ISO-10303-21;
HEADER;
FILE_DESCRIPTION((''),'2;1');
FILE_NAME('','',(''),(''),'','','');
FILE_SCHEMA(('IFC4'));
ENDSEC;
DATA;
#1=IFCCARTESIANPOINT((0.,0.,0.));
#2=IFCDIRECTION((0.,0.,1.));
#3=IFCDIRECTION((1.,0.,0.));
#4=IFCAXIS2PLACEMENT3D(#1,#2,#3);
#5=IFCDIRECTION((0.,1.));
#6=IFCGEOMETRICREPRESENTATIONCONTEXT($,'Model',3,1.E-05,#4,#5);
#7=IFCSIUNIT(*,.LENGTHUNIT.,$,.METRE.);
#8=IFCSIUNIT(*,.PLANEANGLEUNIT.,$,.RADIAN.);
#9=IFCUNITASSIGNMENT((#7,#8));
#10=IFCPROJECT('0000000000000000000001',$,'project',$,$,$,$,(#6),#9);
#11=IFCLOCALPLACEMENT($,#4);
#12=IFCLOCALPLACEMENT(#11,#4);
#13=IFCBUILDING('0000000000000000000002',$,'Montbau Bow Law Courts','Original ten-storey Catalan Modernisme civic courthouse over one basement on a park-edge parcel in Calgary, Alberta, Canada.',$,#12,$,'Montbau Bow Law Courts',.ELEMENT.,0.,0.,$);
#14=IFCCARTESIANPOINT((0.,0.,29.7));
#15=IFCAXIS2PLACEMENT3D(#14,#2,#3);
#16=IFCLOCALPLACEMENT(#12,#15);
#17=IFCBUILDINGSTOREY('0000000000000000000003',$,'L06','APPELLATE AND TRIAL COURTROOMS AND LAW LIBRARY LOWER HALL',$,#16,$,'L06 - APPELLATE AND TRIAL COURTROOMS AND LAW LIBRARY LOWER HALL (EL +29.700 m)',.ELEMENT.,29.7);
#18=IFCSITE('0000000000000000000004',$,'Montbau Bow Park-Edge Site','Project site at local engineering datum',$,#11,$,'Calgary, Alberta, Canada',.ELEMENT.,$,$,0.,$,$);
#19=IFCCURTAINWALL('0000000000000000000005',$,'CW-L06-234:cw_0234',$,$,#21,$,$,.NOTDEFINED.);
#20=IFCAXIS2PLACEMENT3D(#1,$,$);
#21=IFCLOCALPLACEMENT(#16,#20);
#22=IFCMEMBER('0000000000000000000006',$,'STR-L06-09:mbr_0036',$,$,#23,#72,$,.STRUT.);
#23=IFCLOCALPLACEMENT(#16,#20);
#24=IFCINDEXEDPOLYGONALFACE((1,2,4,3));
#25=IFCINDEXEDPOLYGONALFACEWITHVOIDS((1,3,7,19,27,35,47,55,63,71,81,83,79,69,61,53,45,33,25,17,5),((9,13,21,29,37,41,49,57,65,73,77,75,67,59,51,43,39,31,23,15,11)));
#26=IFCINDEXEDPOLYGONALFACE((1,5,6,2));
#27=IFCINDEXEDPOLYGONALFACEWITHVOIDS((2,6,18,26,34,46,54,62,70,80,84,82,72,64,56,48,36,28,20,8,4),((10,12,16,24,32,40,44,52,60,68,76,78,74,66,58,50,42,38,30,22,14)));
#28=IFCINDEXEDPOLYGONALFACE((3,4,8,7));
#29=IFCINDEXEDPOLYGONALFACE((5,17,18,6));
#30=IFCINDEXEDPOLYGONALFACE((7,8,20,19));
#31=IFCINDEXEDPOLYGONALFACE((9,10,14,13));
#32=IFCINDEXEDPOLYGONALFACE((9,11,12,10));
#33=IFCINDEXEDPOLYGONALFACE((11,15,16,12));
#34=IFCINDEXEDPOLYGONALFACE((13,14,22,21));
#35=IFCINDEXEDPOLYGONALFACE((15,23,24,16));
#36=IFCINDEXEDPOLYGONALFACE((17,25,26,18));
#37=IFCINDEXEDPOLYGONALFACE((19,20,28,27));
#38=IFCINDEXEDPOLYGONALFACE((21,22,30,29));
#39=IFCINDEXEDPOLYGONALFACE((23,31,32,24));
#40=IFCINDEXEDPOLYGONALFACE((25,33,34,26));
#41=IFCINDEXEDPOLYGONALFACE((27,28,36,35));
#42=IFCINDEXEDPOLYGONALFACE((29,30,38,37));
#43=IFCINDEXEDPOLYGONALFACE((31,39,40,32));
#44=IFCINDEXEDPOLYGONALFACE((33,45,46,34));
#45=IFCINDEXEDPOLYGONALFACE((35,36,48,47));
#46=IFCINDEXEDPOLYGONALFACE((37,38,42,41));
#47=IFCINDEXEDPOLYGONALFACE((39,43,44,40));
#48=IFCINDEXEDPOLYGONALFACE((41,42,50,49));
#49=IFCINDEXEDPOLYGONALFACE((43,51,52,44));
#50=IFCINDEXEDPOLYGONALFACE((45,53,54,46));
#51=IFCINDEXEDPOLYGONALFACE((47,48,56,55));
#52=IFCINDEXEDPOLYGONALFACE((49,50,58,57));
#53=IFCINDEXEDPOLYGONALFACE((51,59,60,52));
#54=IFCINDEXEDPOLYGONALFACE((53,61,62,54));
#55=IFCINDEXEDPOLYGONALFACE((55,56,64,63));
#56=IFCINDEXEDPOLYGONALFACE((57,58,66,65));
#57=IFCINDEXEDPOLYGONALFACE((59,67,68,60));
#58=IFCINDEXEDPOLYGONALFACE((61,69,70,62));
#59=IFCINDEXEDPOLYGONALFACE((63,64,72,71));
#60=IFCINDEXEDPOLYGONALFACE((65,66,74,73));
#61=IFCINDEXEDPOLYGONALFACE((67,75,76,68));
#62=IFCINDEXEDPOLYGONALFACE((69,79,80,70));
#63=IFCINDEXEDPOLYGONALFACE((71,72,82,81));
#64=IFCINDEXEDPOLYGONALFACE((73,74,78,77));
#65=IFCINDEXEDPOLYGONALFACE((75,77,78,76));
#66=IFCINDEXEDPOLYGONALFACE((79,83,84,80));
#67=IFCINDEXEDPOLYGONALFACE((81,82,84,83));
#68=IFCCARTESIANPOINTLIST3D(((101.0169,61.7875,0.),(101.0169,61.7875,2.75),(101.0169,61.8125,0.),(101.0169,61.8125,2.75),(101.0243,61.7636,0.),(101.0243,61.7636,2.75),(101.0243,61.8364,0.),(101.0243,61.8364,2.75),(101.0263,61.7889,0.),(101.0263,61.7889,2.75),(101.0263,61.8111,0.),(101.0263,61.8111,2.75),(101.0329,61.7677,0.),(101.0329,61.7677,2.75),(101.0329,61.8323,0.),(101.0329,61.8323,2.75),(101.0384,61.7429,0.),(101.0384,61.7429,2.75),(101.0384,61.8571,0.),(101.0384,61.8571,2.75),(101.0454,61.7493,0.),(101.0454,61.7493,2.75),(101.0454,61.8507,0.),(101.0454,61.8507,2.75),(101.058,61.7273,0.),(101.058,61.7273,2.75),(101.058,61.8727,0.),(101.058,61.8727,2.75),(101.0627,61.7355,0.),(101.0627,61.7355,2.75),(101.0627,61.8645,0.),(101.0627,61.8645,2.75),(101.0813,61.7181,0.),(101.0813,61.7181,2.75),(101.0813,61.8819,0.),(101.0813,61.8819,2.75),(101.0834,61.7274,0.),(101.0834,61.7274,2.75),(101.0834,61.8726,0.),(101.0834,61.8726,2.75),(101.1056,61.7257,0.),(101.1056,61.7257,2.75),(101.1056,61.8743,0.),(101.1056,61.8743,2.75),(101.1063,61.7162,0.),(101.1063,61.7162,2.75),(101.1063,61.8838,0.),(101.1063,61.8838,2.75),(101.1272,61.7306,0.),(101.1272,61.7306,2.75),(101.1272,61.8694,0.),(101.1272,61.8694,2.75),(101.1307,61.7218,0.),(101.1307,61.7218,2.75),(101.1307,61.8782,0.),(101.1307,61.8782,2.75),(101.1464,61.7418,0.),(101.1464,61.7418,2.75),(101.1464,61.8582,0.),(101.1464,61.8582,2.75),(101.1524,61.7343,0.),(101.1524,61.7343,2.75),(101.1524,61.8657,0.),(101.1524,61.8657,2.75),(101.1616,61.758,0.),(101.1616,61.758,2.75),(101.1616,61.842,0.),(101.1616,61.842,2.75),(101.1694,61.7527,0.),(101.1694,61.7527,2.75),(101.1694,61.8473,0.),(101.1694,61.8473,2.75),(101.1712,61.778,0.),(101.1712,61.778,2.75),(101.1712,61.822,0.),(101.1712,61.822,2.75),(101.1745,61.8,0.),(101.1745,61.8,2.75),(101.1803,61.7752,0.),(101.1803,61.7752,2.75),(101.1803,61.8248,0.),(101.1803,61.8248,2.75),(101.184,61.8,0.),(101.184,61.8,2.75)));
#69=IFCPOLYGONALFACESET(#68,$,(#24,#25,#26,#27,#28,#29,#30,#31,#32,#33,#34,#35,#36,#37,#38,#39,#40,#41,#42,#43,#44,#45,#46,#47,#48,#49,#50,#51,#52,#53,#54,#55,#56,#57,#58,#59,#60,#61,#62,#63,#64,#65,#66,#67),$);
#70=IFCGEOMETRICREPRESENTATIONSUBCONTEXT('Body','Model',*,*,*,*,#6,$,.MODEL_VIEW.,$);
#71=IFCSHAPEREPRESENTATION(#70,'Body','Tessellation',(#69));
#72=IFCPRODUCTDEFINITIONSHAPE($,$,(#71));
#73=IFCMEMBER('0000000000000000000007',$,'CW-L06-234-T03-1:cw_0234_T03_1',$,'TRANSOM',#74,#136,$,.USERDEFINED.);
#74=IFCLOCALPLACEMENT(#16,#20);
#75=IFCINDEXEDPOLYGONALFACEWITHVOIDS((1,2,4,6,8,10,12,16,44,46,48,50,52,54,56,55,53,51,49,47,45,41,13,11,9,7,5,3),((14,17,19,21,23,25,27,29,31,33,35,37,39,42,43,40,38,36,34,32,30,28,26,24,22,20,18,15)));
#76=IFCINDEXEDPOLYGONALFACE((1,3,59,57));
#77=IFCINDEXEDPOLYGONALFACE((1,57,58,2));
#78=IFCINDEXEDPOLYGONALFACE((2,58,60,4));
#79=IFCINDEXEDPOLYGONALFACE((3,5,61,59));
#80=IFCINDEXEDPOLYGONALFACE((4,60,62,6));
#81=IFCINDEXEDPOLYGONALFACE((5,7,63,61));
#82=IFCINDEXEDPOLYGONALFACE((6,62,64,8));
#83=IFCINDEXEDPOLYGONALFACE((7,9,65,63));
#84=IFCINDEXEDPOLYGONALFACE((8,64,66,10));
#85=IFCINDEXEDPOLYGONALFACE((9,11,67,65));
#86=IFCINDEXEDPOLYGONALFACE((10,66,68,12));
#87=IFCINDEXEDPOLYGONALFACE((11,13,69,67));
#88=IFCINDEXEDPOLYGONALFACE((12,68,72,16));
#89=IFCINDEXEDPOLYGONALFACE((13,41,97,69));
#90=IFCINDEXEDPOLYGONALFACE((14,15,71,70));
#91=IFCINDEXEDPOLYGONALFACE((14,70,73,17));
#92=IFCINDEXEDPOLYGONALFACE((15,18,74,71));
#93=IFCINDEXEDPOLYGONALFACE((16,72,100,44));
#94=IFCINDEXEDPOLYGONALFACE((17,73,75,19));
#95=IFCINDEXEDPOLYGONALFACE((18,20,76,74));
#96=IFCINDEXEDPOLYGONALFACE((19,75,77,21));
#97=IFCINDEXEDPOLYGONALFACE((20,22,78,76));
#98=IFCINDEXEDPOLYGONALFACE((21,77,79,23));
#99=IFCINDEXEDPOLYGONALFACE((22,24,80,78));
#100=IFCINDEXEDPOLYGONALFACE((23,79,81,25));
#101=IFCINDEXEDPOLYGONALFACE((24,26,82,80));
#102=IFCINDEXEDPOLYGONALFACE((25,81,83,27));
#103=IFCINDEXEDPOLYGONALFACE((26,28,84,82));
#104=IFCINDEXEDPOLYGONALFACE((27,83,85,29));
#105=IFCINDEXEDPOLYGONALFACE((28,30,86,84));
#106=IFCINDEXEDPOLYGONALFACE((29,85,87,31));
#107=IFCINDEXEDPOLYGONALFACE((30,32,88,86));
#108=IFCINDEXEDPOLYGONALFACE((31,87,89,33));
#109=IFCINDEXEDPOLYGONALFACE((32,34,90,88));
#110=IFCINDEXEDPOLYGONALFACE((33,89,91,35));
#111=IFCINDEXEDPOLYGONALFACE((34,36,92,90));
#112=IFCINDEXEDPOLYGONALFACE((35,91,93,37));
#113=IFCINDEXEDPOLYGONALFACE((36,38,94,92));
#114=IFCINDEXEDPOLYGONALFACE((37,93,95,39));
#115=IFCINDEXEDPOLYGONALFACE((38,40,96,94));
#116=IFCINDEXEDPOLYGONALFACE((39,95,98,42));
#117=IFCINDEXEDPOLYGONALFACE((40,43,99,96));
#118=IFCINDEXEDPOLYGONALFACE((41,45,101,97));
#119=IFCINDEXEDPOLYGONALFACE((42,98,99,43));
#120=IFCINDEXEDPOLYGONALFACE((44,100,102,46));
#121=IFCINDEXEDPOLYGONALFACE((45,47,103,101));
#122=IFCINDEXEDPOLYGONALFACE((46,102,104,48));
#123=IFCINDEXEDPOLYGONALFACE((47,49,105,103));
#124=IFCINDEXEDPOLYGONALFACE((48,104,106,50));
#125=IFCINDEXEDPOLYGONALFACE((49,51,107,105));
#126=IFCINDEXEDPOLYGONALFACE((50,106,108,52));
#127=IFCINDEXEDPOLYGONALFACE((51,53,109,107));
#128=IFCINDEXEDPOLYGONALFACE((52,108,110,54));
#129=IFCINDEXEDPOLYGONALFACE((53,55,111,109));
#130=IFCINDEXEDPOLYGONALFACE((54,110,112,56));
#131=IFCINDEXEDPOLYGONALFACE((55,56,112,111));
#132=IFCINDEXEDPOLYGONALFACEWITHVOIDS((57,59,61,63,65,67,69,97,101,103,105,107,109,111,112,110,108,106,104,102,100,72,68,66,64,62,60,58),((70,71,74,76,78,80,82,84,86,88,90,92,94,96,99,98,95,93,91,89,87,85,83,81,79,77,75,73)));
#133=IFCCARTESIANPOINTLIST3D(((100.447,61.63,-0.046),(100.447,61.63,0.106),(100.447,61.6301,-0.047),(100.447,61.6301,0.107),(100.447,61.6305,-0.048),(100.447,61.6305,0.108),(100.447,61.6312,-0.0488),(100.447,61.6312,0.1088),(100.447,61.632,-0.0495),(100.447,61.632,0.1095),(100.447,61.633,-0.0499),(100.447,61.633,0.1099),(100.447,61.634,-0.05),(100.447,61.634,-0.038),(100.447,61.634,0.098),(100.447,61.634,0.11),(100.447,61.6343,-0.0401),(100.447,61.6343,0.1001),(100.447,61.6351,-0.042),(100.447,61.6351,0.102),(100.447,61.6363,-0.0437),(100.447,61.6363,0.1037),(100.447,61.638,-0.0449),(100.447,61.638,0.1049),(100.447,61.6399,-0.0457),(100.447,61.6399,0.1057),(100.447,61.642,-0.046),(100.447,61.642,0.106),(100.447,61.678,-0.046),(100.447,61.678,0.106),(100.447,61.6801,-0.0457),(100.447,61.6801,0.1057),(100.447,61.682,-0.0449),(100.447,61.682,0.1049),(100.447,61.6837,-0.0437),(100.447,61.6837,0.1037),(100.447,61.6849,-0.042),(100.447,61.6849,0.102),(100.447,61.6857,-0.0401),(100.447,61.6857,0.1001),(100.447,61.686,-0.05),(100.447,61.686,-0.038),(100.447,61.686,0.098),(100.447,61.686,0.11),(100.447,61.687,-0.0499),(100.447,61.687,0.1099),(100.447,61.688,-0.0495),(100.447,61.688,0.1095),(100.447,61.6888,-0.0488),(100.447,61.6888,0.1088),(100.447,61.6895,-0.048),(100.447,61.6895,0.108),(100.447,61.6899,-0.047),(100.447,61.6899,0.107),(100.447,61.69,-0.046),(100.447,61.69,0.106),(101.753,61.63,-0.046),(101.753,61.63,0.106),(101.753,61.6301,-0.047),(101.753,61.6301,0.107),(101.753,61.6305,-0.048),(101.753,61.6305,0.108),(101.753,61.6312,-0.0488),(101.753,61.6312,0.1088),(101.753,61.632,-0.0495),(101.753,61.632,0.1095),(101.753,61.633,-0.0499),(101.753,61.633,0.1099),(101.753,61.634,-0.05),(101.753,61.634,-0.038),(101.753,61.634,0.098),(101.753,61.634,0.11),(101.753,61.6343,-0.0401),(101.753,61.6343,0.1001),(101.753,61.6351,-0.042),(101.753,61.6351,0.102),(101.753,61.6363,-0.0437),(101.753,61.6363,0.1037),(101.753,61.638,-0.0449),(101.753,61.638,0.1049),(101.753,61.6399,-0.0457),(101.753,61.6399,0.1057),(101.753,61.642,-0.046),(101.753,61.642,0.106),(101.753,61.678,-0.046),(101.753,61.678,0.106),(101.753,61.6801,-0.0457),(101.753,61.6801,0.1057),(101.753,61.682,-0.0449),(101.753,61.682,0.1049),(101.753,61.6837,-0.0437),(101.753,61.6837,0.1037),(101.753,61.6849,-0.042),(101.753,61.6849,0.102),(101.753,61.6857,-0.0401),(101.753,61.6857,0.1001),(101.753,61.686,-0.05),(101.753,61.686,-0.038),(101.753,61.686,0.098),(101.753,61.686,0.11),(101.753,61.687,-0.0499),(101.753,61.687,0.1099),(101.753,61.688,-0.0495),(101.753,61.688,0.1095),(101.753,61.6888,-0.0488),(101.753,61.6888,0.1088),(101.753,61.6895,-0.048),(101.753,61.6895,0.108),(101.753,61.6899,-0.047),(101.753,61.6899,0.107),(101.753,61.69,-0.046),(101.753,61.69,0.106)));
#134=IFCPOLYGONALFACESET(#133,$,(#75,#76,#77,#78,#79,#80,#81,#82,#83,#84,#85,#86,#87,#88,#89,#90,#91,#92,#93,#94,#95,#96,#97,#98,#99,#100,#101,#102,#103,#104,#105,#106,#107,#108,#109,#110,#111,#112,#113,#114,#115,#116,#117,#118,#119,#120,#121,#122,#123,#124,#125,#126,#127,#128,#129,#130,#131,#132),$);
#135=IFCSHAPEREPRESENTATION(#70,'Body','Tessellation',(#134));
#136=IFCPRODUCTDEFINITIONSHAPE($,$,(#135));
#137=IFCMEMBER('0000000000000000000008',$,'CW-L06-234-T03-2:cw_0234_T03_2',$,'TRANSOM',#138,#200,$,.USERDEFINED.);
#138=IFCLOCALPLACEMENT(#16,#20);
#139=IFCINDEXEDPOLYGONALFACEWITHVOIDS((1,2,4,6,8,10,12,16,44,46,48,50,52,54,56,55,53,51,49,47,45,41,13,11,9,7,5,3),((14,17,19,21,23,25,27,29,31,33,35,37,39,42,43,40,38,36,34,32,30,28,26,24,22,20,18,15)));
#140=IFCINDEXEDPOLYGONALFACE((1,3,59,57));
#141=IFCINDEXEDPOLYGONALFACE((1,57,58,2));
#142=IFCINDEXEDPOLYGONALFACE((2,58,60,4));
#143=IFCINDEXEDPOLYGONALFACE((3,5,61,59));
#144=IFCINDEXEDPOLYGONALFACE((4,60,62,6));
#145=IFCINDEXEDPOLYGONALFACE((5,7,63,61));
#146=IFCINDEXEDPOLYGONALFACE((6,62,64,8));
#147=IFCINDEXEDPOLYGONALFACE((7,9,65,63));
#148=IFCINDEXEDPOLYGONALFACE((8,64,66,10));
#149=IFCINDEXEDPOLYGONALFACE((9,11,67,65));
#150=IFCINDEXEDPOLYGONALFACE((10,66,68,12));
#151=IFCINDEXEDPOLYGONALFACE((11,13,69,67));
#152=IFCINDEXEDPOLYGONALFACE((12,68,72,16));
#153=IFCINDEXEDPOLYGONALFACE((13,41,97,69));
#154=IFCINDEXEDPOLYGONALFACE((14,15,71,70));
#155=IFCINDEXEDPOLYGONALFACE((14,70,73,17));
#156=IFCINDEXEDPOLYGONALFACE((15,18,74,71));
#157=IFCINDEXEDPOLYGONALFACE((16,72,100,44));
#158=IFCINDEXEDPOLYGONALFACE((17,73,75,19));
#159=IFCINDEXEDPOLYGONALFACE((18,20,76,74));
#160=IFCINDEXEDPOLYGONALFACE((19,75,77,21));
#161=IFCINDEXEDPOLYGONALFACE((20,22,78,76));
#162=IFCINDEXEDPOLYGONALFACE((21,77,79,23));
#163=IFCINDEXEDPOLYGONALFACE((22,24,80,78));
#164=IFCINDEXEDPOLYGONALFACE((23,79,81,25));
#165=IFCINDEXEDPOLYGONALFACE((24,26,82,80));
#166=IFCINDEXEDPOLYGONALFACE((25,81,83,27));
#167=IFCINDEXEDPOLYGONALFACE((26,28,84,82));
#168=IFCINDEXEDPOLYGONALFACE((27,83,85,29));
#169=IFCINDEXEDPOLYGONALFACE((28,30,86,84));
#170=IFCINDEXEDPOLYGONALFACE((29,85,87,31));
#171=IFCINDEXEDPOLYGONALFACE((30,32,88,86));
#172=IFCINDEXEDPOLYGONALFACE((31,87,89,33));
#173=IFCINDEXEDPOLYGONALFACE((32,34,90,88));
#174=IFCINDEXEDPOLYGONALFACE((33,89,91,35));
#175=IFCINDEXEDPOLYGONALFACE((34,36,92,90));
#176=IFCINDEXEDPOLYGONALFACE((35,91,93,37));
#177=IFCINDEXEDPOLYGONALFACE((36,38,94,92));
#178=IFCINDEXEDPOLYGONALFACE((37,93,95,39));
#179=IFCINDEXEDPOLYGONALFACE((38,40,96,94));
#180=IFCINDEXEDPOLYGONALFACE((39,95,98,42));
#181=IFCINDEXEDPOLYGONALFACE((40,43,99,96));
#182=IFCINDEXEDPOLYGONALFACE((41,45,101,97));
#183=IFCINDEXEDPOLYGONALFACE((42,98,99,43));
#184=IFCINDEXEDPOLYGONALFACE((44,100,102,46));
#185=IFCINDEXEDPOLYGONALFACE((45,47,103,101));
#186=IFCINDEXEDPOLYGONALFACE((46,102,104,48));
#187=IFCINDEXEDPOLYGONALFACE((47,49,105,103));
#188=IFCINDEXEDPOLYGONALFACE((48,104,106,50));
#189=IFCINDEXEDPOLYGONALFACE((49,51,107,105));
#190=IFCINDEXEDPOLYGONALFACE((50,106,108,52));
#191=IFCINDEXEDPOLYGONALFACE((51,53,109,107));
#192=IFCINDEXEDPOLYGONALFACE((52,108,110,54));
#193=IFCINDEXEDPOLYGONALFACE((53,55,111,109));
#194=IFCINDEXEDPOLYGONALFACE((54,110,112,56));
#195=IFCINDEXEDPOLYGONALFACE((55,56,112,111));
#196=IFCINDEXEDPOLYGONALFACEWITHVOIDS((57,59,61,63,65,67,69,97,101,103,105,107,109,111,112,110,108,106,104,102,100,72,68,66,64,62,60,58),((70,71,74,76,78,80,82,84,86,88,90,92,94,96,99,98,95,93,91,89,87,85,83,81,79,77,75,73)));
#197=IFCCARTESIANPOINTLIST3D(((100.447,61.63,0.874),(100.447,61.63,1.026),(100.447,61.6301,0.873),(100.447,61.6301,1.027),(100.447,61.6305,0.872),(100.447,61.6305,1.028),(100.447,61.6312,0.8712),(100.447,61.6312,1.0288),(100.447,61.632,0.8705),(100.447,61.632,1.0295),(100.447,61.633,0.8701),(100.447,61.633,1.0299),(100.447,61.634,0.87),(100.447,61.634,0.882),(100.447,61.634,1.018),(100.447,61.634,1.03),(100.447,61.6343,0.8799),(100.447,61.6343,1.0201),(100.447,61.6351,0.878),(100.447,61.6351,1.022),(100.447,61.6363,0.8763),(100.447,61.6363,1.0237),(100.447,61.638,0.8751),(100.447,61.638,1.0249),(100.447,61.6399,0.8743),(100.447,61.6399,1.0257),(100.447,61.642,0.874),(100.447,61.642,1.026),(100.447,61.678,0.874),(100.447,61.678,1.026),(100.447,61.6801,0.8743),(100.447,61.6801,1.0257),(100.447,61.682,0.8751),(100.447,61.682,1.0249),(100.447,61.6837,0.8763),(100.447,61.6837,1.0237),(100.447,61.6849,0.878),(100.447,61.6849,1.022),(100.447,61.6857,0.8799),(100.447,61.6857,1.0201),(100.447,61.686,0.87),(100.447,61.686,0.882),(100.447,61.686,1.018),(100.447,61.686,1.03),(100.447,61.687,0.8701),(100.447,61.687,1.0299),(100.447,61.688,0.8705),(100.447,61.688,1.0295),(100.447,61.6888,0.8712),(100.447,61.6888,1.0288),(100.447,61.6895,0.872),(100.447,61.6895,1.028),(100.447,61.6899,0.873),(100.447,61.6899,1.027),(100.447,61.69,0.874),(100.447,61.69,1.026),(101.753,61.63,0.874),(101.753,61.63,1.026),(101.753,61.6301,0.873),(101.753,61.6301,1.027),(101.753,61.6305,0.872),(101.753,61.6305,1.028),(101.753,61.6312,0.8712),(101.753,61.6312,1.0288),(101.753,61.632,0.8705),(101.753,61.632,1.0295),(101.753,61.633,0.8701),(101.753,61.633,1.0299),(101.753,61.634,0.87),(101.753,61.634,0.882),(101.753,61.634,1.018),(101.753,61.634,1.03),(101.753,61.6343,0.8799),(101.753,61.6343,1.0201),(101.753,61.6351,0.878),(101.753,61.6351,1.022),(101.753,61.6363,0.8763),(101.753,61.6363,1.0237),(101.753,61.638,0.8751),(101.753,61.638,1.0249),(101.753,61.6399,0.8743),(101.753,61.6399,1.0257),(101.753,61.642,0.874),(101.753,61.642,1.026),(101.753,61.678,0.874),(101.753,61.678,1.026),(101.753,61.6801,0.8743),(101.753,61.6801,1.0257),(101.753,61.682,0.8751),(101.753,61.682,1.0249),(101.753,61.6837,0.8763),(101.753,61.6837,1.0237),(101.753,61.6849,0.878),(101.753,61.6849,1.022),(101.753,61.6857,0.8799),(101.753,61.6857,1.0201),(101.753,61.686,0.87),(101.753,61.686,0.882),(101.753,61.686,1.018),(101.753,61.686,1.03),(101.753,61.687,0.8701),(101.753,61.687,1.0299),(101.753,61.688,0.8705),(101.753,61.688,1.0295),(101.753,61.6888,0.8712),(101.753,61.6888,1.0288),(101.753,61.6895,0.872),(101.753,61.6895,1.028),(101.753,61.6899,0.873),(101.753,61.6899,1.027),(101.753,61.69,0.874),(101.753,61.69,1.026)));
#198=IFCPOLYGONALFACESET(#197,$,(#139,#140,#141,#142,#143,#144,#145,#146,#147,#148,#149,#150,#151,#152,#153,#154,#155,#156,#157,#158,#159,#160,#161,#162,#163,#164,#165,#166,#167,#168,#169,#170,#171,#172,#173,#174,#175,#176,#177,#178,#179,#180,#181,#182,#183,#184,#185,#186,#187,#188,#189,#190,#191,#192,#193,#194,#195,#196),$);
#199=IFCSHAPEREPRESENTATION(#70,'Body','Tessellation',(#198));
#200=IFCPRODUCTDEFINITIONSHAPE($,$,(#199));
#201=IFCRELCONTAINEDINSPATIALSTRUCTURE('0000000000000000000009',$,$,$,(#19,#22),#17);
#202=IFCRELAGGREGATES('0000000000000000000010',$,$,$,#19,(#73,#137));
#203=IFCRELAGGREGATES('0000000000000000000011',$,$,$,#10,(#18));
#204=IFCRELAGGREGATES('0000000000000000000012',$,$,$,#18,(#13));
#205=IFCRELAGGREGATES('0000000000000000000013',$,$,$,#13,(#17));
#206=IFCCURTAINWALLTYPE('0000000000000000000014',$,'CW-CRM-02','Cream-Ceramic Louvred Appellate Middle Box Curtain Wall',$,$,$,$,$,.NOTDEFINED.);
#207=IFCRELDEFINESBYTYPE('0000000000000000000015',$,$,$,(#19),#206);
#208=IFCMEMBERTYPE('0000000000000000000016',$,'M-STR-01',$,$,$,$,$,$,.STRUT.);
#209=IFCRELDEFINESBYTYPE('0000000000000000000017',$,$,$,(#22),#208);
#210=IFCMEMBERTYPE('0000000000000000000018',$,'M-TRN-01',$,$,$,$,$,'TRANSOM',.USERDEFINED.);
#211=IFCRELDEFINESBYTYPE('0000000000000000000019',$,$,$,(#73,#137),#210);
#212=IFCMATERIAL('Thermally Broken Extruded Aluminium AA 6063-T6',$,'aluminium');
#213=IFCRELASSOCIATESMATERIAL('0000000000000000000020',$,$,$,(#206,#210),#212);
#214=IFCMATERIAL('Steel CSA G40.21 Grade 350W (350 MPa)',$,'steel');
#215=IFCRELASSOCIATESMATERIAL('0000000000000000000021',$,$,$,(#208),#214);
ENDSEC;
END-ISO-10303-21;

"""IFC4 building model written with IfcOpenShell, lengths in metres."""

from ifc_helpers import new_model, si_unit, direction, frame, origin_with_axes, origin_2d_with_axis, place, context, subcontext, project, spatial, hollow_rectangle, hollow_circle, extrude, material, material_profile, profile_set, type_object, element, aggregate, save


model = new_model("IFC4")

# Units and contexts
model_context = context("Model", 3, precision=1e-05, world=origin_with_axes(), true_north=direction((0.0, 1.0)))
body_context = subcontext(model_context, "Body", "Model", "MODEL_VIEW")
ifc_project = project(units=[si_unit("LENGTHUNIT", "METRE"), si_unit("PLANEANGLEUNIT", "RADIAN")], contexts=[model_context])

# Site, building, storey
site_placement = place(None, origin_with_axes())
site = spatial("IfcSite", under=ifc_project, at=site_placement, Name="Montbau Bow Park-Edge Site", Description="Project site at local engineering datum", LongName="Calgary, Alberta, Canada", CompositionType="ELEMENT", RefElevation=0.0)
building_placement = place(site_placement, origin_with_axes())
building = spatial("IfcBuilding", under=site, at=building_placement, Name="Montbau Bow Law Courts", Description="Original ten-storey Catalan Modernisme civic courthouse over one basement on a park-edge parcel in Calgary, Alberta, Canada.", LongName="Montbau Bow Law Courts", CompositionType="ELEMENT", ElevationOfRefHeight=0.0, ElevationOfTerrain=0.0)
storey_placement = place(building_placement, frame((0.0, 0.0, 29.7), z_axis=(0.0, 0.0, 1.0), x_axis=(1.0, 0.0, 0.0)))
storey = spatial("IfcBuildingStorey", under=building, at=storey_placement, Name="L06", Description="APPELLATE AND TRIAL COURTROOMS AND LAW LIBRARY LOWER HALL", LongName="L06 - APPELLATE AND TRIAL COURTROOMS AND LAW LIBRARY LOWER HALL (EL +29.700 m)", CompositionType="ELEMENT", Elevation=29.7)

# Shared definitions
ifc_material_1 = material(Name="Steel CSA G40.21 Grade 350W (350 MPa)", Category="steel")

# Curtain wall
ifc_material_2 = material(Name="Thermally Broken Extruded Aluminium AA 6063-T6", Category="aluminium")
curtain_wall_type = type_object("IfcCurtainWallType", Name="CW-CRM-02", Description="Cream-Ceramic Louvred Appellate Middle Box Curtain Wall", PredefinedType="NOTDEFINED", material=ifc_material_2)
curtain_wall_placement = place(None, frame((97.64, 61.66, 29.7), z_axis=(0.0, 0.0, 1.0), x_axis=(1.0, 0.0, 0.0)))
curtain_wall = element("IfcCurtainWall", 1, at=curtain_wall_placement, inside=storey, type_object=curtain_wall_type, Name="CW-L06-234:cw_0234", PredefinedType="NOTDEFINED")

# Members
ifc_material_profile_1 = material_profile(ifc_material_1, hollow_circle(Radius=0.084, WallThickness=0.0095, at=origin_2d_with_axis()), Name="HSS168X9.5", Category="Main", Priority=0)
ifc_profile_set_1 = profile_set([ifc_material_profile_1], Name="Steel CSA G40.21 Grade 350W (350 MPa)")
member_type_1 = type_object("IfcMemberType", Name="M-STR-01", PredefinedType="STRUT", material=ifc_profile_set_1)
member_1_placement = place(None, frame((101.1, 61.8, 29.7), z_axis=(0.0, 0.0, 1.0), x_axis=(1.0, 0.0, 0.0)))
element("IfcMember", 2, at=member_1_placement, inside=storey, type_object=member_type_1, Name="STR-L06-09:mbr_0036", PredefinedType="STRUT", context=body_context, shape_type="SweptSolid", body=[
    extrude(hollow_circle(Radius=0.084, WallThickness=0.0095, at=origin_2d_with_axis()), origin_with_axes(), (0.0, 0.0, 1.0), 2.75),
])
ifc_material_profile_2 = material_profile(ifc_material_2, hollow_rectangle(XDim=0.06, YDim=0.16, WallThickness=0.004, InnerFilletRadius=0.008, OuterFilletRadius=0.004, at=origin_2d_with_axis()), Name="CWT-160X60", Category="Main", Priority=0)
ifc_profile_set_2 = profile_set([ifc_material_profile_2], Name="Thermally Broken Extruded Aluminium AA 6063-T6")
member_type_2 = type_object("IfcMemberType", Name="M-TRN-01", ElementType="TRANSOM", PredefinedType="USERDEFINED", material=ifc_profile_set_2)
member_2_placement = place(None, frame((100.447, 61.66, 29.73), z_axis=(1.0, 0.0, 0.0), x_axis=(0.0, 1.0, 0.0)))
member_2 = element("IfcMember", 3, at=member_2_placement, type_object=member_type_2, Name="CW-L06-234-T03-1:cw_0234_T03_1", ObjectType="TRANSOM", PredefinedType="USERDEFINED", context=body_context, shape_type="SweptSolid", body=[
    extrude(hollow_rectangle(XDim=0.06, YDim=0.16, WallThickness=0.004, InnerFilletRadius=0.008, OuterFilletRadius=0.004, at=origin_2d_with_axis()), origin_with_axes(), (0.0, 0.0, 1.0), 1.306),
])
member_3_placement = place(None, frame((100.447, 61.66, 30.65), z_axis=(1.0, 0.0, 0.0), x_axis=(0.0, 1.0, 0.0)))
member_3 = element("IfcMember", 4, at=member_3_placement, type_object=member_type_2, Name="CW-L06-234-T03-2:cw_0234_T03_2", ObjectType="TRANSOM", PredefinedType="USERDEFINED", context=body_context, shape_type="SweptSolid", body=[
    extrude(hollow_rectangle(XDim=0.06, YDim=0.16, WallThickness=0.004, InnerFilletRadius=0.008, OuterFilletRadius=0.004, at=origin_2d_with_axis()), origin_with_axes(), (0.0, 0.0, 1.0), 1.306),
])

aggregate(curtain_wall, [member_2, member_3])

save(model, "model.ifc")
